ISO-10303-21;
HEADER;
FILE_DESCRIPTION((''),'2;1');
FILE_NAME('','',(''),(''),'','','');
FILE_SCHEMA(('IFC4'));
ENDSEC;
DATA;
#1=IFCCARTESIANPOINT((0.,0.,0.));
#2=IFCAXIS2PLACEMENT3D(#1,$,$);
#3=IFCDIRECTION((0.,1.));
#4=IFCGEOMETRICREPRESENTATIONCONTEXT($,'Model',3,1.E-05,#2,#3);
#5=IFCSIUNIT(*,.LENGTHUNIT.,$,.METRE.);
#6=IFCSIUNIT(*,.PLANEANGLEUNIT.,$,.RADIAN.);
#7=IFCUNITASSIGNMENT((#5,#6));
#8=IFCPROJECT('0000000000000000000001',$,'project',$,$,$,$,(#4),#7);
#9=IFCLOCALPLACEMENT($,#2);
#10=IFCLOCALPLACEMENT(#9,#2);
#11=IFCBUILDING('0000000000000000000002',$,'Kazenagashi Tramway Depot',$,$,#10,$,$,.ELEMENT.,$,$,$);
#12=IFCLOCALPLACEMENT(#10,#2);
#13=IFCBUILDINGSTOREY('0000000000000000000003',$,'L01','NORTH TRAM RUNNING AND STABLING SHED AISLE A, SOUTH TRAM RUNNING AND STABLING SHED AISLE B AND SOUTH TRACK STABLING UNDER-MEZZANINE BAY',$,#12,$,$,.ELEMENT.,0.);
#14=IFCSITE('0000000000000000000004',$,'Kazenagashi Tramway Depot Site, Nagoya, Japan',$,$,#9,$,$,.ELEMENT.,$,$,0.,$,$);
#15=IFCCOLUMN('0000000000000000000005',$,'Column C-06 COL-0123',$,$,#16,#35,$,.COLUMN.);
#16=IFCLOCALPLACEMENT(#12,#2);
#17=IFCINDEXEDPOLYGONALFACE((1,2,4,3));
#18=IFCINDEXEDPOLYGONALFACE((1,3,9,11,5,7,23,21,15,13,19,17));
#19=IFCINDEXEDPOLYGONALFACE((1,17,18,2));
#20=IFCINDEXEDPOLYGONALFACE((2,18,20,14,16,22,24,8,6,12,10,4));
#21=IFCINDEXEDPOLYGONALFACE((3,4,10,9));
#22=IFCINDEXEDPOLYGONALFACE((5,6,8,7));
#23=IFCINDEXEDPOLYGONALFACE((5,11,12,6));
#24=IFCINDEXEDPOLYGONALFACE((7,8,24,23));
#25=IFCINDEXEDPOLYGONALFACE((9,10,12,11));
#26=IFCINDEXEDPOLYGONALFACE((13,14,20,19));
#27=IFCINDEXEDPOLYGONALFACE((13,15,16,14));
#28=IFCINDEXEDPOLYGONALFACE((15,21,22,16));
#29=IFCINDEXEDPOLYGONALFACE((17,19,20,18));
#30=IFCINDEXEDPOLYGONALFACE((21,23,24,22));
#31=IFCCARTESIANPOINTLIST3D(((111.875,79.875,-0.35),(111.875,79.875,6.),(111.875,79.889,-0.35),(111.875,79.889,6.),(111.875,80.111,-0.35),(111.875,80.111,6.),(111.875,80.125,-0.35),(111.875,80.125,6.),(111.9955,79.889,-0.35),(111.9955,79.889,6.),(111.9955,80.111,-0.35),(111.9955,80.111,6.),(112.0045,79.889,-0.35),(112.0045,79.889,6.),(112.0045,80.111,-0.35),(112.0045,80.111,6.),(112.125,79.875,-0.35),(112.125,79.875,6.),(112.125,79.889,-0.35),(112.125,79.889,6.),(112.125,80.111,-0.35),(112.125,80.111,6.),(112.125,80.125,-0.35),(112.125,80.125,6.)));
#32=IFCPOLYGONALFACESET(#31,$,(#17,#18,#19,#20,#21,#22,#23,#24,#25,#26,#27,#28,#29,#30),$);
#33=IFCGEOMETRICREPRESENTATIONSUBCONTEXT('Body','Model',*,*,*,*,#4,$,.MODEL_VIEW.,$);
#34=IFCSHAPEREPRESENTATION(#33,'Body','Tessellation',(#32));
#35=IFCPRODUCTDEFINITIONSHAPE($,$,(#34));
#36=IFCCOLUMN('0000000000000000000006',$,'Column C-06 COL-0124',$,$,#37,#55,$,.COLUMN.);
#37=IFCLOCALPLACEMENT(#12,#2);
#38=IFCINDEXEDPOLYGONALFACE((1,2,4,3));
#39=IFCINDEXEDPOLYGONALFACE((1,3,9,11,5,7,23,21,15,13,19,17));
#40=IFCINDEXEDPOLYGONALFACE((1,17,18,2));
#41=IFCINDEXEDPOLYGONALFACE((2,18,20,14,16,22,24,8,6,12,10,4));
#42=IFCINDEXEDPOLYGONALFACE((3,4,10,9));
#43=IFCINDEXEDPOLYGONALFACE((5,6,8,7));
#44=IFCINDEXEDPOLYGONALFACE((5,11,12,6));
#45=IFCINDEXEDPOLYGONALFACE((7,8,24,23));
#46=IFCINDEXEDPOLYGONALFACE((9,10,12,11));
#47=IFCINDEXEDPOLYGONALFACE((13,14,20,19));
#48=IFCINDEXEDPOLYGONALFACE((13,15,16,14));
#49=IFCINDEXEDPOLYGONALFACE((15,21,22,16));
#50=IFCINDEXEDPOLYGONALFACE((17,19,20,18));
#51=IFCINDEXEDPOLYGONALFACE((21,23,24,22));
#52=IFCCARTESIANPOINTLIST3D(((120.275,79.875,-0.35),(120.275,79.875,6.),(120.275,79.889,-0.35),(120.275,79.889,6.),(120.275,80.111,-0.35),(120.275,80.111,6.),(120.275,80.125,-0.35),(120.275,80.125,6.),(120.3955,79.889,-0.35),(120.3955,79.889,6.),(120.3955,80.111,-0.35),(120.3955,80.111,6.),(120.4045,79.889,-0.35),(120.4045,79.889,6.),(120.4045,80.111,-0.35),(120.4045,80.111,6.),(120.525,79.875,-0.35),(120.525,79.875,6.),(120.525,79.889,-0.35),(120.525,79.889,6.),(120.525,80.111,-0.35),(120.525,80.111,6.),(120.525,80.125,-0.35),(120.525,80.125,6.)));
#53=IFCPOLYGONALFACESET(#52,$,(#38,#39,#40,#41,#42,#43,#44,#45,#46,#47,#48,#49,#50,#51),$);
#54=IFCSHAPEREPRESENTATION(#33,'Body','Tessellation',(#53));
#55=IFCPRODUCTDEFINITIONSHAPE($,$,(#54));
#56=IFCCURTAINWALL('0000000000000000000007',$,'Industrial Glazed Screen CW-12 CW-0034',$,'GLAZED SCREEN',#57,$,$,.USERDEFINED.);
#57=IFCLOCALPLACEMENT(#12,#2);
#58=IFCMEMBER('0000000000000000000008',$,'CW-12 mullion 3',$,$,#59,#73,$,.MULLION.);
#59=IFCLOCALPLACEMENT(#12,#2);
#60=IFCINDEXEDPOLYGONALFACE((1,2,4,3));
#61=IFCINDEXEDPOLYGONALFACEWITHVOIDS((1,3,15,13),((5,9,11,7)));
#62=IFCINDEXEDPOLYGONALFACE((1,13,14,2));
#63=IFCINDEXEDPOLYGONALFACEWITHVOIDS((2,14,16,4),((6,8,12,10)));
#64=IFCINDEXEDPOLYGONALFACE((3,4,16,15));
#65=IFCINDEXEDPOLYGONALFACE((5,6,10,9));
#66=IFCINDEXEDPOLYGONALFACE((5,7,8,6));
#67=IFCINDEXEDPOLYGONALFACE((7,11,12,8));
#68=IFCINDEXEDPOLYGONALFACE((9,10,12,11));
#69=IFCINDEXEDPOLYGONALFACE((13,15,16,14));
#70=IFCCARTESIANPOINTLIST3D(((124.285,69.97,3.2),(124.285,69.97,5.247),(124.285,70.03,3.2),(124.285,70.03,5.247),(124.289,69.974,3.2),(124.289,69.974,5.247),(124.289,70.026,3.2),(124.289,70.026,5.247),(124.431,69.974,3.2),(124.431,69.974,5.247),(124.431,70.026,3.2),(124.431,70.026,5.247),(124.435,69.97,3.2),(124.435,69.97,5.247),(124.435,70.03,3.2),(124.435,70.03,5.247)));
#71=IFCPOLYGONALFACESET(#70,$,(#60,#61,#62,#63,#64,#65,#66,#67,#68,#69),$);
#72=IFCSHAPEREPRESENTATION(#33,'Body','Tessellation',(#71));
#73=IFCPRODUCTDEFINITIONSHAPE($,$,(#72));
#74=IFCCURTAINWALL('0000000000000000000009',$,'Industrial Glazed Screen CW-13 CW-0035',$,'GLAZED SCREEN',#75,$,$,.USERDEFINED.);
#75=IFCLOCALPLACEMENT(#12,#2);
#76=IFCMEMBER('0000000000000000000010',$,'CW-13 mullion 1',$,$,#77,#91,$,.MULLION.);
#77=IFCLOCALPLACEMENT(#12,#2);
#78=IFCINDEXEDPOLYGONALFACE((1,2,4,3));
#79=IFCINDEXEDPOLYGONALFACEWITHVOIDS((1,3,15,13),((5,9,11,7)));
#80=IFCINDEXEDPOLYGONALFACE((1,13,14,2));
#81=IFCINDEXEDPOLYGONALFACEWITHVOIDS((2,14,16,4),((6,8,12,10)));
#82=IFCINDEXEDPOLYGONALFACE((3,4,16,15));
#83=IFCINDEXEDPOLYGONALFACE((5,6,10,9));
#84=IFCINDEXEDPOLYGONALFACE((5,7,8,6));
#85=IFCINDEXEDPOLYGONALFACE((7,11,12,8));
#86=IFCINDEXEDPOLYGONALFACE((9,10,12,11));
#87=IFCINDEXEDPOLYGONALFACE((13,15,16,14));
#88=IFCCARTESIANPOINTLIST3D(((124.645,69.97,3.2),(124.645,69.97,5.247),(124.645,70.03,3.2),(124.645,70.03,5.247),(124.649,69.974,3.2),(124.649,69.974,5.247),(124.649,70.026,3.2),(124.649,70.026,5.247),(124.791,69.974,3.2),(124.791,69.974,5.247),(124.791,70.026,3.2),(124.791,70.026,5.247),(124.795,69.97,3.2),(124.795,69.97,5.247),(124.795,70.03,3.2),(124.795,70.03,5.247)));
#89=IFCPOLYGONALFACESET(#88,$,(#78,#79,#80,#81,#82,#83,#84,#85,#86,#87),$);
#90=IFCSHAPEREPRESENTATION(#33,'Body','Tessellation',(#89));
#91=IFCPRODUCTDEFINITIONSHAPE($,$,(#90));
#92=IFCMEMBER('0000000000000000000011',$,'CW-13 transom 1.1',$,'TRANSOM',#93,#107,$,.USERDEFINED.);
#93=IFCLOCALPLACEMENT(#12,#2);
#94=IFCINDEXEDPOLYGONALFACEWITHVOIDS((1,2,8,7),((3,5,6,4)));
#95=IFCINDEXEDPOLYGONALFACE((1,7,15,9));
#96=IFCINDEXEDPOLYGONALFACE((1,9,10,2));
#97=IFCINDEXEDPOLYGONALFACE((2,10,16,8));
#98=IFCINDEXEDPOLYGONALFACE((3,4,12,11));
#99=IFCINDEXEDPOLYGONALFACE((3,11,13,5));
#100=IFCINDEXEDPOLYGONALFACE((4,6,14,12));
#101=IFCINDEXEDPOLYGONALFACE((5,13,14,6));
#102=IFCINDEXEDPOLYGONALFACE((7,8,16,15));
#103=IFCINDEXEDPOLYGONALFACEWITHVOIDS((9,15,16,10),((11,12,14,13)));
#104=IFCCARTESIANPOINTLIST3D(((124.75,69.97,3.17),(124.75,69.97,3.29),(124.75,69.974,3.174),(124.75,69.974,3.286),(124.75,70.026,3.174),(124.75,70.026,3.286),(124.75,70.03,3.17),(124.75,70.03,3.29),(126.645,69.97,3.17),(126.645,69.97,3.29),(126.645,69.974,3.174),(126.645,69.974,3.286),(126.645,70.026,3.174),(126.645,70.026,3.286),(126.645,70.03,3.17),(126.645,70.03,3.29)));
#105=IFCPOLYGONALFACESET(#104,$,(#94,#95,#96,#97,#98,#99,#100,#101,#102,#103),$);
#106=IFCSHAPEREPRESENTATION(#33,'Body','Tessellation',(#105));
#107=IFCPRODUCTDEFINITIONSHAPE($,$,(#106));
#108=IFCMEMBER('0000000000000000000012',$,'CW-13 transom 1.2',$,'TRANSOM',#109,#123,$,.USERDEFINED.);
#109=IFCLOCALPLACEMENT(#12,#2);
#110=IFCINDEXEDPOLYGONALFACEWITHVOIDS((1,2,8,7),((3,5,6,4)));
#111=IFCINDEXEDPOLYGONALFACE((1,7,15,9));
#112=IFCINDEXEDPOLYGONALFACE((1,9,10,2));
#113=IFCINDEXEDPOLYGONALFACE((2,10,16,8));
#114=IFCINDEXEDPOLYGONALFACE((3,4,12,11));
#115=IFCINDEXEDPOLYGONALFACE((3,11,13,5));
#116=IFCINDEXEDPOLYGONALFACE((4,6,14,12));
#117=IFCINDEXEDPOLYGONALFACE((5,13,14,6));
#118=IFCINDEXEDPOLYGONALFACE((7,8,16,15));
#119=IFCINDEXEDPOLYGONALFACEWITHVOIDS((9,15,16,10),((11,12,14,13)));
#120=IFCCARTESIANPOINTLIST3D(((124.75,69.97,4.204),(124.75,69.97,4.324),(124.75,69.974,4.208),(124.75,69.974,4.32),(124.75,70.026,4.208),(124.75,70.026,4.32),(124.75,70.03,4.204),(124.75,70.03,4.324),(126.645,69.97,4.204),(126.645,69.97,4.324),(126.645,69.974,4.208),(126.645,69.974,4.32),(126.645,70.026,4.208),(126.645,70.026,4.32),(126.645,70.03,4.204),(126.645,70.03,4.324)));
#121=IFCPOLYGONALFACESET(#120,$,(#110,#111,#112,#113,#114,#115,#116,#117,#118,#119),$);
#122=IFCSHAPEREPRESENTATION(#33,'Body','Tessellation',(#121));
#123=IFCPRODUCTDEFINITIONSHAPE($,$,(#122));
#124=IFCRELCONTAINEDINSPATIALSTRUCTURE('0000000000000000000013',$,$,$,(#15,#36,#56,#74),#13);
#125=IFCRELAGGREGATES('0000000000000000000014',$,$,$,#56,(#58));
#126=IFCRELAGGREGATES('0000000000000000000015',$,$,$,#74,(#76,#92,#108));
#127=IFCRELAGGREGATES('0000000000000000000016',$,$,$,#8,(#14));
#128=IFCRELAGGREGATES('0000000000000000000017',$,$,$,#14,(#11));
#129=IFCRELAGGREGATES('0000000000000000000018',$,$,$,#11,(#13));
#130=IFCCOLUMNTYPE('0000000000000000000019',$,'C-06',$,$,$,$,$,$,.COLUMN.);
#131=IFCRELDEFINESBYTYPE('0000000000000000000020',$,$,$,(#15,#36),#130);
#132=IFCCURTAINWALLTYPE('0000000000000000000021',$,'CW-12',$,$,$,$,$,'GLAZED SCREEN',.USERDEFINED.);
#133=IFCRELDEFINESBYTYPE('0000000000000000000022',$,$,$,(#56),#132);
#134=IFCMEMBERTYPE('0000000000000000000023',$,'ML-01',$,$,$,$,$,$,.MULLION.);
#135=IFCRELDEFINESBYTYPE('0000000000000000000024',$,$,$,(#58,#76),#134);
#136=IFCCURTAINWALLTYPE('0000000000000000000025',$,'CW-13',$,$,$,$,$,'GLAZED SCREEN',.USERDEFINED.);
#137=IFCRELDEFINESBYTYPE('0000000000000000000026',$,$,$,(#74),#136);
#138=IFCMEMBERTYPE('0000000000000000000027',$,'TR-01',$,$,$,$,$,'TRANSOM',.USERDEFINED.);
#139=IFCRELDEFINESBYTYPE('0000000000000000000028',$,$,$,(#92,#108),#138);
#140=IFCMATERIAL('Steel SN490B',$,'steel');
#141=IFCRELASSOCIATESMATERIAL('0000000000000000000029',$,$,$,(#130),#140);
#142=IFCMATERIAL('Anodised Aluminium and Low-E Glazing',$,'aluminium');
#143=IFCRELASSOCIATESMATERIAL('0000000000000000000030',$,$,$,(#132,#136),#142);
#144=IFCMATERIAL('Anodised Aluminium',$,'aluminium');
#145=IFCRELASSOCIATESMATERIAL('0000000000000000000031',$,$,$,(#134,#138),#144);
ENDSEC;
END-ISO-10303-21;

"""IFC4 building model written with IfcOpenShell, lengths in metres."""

from ifc_helpers import new_model, si_unit, direction, frame, origin, origin_2d, place, context, subcontext, project, spatial, hollow_rectangle, i_section, extrude, material, material_profile, profile_set, type_object, element, aggregate, save


model = new_model("IFC4")

# Units and contexts
model_context = context("Model", 3, precision=1e-05, world=origin(), true_north=direction((0.0, 1.0)))
body_context = subcontext(model_context, "Body", "Model", "MODEL_VIEW")
ifc_project = project(units=[si_unit("LENGTHUNIT", "METRE"), si_unit("PLANEANGLEUNIT", "RADIAN")], contexts=[model_context])

# Site, building, storey
site_placement = place(None, origin())
site = spatial("IfcSite", under=ifc_project, at=site_placement, Name="Kazenagashi Tramway Depot Site, Nagoya, Japan", CompositionType="ELEMENT", RefElevation=0.0)
building_placement = place(site_placement, origin())
building = spatial("IfcBuilding", under=site, at=building_placement, Name="Kazenagashi Tramway Depot", CompositionType="ELEMENT")
storey_placement = place(building_placement, origin())
storey = spatial("IfcBuildingStorey", under=building, at=storey_placement, Name="L01", Description="NORTH TRAM RUNNING AND STABLING SHED AISLE A, SOUTH TRAM RUNNING AND STABLING SHED AISLE B AND SOUTH TRACK STABLING UNDER-MEZZANINE BAY", CompositionType="ELEMENT", Elevation=0.0)

# Columns
ifc_material_1 = material(Name="Steel SN490B", Category="steel")
ifc_material_profile_1 = material_profile(ifc_material_1, i_section(OverallWidth=0.25, OverallDepth=0.25, WebThickness=0.009, FlangeThickness=0.014, at=origin_2d()), Name="H-250x250x9x14")
ifc_profile_set_1 = profile_set([ifc_material_profile_1], Name="Steel SN490B")
column_type = type_object("IfcColumnType", Name="C-06", PredefinedType="COLUMN", material=ifc_profile_set_1)
for number, where, z_axis, x_axis, name in (
    (1, (112.0, 80.0, -0.35), (0.0, 0.0, 1.0), (1.0, 0.0, 0.0), "Column C-06 COL-0123"),
    (2, (120.4, 80.0, -0.35), (0.0, 0.0, 1.0), (1.0, 0.0, 0.0), "Column C-06 COL-0124"),
):
    element("IfcColumn", number, at=place(storey_placement, frame(where, z_axis=z_axis, x_axis=x_axis)), inside=storey, type_object=column_type, Name=name, PredefinedType="COLUMN", context=body_context, shape_type="SweptSolid", body=[
        extrude(i_section(OverallWidth=0.25, OverallDepth=0.25, WebThickness=0.009, FlangeThickness=0.014, at=origin_2d()), origin(), (0.0, 0.0, 1.0), 6.35),
    ])

# Curtain wall, member
ifc_material_2 = material(Name="Anodised Aluminium and Low-E Glazing", Category="aluminium")
curtain_wall_type_1 = type_object("IfcCurtainWallType", Name="CW-12", ElementType="GLAZED SCREEN", PredefinedType="USERDEFINED", material=ifc_material_2)
curtain_wall_1_placement = place(storey_placement, origin())
curtain_wall_1 = element("IfcCurtainWall", 3, at=curtain_wall_1_placement, inside=storey, type_object=curtain_wall_type_1, Name="Industrial Glazed Screen CW-12 CW-0034", ObjectType="GLAZED SCREEN", PredefinedType="USERDEFINED")
ifc_material_3 = material(Name="Anodised Aluminium", Category="aluminium")
ifc_material_profile_2 = material_profile(ifc_material_3, hollow_rectangle(XDim=0.06, YDim=0.15, WallThickness=0.004, at=origin_2d()), Name="RHS-150x60x4")
ifc_profile_set_2 = profile_set([ifc_material_profile_2], Name="Anodised Aluminium")
member_type_1 = type_object("IfcMemberType", Name="ML-01", PredefinedType="MULLION", material=ifc_profile_set_2)
member_1_placement = place(storey_placement, frame((124.36, 70.0, 3.2), z_axis=(0.0, 0.0, 1.0), x_axis=(0.0, 1.0, 0.0)))
member_1 = element("IfcMember", 4, at=member_1_placement, type_object=member_type_1, Name="CW-12 mullion 3", PredefinedType="MULLION", context=body_context, shape_type="SweptSolid", body=[
    extrude(hollow_rectangle(XDim=0.06, YDim=0.15, WallThickness=0.004, at=origin_2d()), origin(), (0.0, 0.0, 1.0), 2.047),
])
aggregate(curtain_wall_1, [member_1])

# Curtain wall, members
curtain_wall_type_2 = type_object("IfcCurtainWallType", Name="CW-13", ElementType="GLAZED SCREEN", PredefinedType="USERDEFINED", material=ifc_material_2)
curtain_wall_2_placement = place(storey_placement, origin())
curtain_wall_2 = element("IfcCurtainWall", 5, at=curtain_wall_2_placement, inside=storey, type_object=curtain_wall_type_2, Name="Industrial Glazed Screen CW-13 CW-0035", ObjectType="GLAZED SCREEN", PredefinedType="USERDEFINED")
member_2_placement = place(storey_placement, frame((124.72, 70.0, 3.2), z_axis=(0.0, 0.0, 1.0), x_axis=(0.0, 1.0, 0.0)))
member_2 = element("IfcMember", 6, at=member_2_placement, type_object=member_type_1, Name="CW-13 mullion 1", PredefinedType="MULLION", context=body_context, shape_type="SweptSolid", body=[
    extrude(hollow_rectangle(XDim=0.06, YDim=0.15, WallThickness=0.004, at=origin_2d()), origin(), (0.0, 0.0, 1.0), 2.047),
])
ifc_material_profile_3 = material_profile(ifc_material_3, hollow_rectangle(XDim=0.06, YDim=0.12, WallThickness=0.004, at=origin_2d()), Name="RHS-120x60x4")
ifc_profile_set_3 = profile_set([ifc_material_profile_3], Name="Anodised Aluminium")
member_type_2 = type_object("IfcMemberType", Name="TR-01", ElementType="TRANSOM", PredefinedType="USERDEFINED", material=ifc_profile_set_3)
member_3_placement = place(storey_placement, frame((124.75, 70.0, 3.23), z_axis=(1.0, 0.0, 0.0), x_axis=(0.0, 1.0, 0.0)))
member_3 = element("IfcMember", 7, at=member_3_placement, type_object=member_type_2, Name="CW-13 transom 1.1", ObjectType="TRANSOM", PredefinedType="USERDEFINED", context=body_context, shape_type="SweptSolid", body=[
    extrude(hollow_rectangle(XDim=0.06, YDim=0.12, WallThickness=0.004, at=origin_2d()), origin(), (0.0, 0.0, 1.0), 1.895),
])
member_4_placement = place(storey_placement, frame((124.75, 70.0, 4.264), z_axis=(1.0, 0.0, 0.0), x_axis=(0.0, 1.0, 0.0)))
member_4 = element("IfcMember", 8, at=member_4_placement, type_object=member_type_2, Name="CW-13 transom 1.2", ObjectType="TRANSOM", PredefinedType="USERDEFINED", context=body_context, shape_type="SweptSolid", body=[
    extrude(hollow_rectangle(XDim=0.06, YDim=0.12, WallThickness=0.004, at=origin_2d()), origin(), (0.0, 0.0, 1.0), 1.895),
])
aggregate(curtain_wall_2, [member_2, member_3, member_4])

save(model, "model.ifc")
